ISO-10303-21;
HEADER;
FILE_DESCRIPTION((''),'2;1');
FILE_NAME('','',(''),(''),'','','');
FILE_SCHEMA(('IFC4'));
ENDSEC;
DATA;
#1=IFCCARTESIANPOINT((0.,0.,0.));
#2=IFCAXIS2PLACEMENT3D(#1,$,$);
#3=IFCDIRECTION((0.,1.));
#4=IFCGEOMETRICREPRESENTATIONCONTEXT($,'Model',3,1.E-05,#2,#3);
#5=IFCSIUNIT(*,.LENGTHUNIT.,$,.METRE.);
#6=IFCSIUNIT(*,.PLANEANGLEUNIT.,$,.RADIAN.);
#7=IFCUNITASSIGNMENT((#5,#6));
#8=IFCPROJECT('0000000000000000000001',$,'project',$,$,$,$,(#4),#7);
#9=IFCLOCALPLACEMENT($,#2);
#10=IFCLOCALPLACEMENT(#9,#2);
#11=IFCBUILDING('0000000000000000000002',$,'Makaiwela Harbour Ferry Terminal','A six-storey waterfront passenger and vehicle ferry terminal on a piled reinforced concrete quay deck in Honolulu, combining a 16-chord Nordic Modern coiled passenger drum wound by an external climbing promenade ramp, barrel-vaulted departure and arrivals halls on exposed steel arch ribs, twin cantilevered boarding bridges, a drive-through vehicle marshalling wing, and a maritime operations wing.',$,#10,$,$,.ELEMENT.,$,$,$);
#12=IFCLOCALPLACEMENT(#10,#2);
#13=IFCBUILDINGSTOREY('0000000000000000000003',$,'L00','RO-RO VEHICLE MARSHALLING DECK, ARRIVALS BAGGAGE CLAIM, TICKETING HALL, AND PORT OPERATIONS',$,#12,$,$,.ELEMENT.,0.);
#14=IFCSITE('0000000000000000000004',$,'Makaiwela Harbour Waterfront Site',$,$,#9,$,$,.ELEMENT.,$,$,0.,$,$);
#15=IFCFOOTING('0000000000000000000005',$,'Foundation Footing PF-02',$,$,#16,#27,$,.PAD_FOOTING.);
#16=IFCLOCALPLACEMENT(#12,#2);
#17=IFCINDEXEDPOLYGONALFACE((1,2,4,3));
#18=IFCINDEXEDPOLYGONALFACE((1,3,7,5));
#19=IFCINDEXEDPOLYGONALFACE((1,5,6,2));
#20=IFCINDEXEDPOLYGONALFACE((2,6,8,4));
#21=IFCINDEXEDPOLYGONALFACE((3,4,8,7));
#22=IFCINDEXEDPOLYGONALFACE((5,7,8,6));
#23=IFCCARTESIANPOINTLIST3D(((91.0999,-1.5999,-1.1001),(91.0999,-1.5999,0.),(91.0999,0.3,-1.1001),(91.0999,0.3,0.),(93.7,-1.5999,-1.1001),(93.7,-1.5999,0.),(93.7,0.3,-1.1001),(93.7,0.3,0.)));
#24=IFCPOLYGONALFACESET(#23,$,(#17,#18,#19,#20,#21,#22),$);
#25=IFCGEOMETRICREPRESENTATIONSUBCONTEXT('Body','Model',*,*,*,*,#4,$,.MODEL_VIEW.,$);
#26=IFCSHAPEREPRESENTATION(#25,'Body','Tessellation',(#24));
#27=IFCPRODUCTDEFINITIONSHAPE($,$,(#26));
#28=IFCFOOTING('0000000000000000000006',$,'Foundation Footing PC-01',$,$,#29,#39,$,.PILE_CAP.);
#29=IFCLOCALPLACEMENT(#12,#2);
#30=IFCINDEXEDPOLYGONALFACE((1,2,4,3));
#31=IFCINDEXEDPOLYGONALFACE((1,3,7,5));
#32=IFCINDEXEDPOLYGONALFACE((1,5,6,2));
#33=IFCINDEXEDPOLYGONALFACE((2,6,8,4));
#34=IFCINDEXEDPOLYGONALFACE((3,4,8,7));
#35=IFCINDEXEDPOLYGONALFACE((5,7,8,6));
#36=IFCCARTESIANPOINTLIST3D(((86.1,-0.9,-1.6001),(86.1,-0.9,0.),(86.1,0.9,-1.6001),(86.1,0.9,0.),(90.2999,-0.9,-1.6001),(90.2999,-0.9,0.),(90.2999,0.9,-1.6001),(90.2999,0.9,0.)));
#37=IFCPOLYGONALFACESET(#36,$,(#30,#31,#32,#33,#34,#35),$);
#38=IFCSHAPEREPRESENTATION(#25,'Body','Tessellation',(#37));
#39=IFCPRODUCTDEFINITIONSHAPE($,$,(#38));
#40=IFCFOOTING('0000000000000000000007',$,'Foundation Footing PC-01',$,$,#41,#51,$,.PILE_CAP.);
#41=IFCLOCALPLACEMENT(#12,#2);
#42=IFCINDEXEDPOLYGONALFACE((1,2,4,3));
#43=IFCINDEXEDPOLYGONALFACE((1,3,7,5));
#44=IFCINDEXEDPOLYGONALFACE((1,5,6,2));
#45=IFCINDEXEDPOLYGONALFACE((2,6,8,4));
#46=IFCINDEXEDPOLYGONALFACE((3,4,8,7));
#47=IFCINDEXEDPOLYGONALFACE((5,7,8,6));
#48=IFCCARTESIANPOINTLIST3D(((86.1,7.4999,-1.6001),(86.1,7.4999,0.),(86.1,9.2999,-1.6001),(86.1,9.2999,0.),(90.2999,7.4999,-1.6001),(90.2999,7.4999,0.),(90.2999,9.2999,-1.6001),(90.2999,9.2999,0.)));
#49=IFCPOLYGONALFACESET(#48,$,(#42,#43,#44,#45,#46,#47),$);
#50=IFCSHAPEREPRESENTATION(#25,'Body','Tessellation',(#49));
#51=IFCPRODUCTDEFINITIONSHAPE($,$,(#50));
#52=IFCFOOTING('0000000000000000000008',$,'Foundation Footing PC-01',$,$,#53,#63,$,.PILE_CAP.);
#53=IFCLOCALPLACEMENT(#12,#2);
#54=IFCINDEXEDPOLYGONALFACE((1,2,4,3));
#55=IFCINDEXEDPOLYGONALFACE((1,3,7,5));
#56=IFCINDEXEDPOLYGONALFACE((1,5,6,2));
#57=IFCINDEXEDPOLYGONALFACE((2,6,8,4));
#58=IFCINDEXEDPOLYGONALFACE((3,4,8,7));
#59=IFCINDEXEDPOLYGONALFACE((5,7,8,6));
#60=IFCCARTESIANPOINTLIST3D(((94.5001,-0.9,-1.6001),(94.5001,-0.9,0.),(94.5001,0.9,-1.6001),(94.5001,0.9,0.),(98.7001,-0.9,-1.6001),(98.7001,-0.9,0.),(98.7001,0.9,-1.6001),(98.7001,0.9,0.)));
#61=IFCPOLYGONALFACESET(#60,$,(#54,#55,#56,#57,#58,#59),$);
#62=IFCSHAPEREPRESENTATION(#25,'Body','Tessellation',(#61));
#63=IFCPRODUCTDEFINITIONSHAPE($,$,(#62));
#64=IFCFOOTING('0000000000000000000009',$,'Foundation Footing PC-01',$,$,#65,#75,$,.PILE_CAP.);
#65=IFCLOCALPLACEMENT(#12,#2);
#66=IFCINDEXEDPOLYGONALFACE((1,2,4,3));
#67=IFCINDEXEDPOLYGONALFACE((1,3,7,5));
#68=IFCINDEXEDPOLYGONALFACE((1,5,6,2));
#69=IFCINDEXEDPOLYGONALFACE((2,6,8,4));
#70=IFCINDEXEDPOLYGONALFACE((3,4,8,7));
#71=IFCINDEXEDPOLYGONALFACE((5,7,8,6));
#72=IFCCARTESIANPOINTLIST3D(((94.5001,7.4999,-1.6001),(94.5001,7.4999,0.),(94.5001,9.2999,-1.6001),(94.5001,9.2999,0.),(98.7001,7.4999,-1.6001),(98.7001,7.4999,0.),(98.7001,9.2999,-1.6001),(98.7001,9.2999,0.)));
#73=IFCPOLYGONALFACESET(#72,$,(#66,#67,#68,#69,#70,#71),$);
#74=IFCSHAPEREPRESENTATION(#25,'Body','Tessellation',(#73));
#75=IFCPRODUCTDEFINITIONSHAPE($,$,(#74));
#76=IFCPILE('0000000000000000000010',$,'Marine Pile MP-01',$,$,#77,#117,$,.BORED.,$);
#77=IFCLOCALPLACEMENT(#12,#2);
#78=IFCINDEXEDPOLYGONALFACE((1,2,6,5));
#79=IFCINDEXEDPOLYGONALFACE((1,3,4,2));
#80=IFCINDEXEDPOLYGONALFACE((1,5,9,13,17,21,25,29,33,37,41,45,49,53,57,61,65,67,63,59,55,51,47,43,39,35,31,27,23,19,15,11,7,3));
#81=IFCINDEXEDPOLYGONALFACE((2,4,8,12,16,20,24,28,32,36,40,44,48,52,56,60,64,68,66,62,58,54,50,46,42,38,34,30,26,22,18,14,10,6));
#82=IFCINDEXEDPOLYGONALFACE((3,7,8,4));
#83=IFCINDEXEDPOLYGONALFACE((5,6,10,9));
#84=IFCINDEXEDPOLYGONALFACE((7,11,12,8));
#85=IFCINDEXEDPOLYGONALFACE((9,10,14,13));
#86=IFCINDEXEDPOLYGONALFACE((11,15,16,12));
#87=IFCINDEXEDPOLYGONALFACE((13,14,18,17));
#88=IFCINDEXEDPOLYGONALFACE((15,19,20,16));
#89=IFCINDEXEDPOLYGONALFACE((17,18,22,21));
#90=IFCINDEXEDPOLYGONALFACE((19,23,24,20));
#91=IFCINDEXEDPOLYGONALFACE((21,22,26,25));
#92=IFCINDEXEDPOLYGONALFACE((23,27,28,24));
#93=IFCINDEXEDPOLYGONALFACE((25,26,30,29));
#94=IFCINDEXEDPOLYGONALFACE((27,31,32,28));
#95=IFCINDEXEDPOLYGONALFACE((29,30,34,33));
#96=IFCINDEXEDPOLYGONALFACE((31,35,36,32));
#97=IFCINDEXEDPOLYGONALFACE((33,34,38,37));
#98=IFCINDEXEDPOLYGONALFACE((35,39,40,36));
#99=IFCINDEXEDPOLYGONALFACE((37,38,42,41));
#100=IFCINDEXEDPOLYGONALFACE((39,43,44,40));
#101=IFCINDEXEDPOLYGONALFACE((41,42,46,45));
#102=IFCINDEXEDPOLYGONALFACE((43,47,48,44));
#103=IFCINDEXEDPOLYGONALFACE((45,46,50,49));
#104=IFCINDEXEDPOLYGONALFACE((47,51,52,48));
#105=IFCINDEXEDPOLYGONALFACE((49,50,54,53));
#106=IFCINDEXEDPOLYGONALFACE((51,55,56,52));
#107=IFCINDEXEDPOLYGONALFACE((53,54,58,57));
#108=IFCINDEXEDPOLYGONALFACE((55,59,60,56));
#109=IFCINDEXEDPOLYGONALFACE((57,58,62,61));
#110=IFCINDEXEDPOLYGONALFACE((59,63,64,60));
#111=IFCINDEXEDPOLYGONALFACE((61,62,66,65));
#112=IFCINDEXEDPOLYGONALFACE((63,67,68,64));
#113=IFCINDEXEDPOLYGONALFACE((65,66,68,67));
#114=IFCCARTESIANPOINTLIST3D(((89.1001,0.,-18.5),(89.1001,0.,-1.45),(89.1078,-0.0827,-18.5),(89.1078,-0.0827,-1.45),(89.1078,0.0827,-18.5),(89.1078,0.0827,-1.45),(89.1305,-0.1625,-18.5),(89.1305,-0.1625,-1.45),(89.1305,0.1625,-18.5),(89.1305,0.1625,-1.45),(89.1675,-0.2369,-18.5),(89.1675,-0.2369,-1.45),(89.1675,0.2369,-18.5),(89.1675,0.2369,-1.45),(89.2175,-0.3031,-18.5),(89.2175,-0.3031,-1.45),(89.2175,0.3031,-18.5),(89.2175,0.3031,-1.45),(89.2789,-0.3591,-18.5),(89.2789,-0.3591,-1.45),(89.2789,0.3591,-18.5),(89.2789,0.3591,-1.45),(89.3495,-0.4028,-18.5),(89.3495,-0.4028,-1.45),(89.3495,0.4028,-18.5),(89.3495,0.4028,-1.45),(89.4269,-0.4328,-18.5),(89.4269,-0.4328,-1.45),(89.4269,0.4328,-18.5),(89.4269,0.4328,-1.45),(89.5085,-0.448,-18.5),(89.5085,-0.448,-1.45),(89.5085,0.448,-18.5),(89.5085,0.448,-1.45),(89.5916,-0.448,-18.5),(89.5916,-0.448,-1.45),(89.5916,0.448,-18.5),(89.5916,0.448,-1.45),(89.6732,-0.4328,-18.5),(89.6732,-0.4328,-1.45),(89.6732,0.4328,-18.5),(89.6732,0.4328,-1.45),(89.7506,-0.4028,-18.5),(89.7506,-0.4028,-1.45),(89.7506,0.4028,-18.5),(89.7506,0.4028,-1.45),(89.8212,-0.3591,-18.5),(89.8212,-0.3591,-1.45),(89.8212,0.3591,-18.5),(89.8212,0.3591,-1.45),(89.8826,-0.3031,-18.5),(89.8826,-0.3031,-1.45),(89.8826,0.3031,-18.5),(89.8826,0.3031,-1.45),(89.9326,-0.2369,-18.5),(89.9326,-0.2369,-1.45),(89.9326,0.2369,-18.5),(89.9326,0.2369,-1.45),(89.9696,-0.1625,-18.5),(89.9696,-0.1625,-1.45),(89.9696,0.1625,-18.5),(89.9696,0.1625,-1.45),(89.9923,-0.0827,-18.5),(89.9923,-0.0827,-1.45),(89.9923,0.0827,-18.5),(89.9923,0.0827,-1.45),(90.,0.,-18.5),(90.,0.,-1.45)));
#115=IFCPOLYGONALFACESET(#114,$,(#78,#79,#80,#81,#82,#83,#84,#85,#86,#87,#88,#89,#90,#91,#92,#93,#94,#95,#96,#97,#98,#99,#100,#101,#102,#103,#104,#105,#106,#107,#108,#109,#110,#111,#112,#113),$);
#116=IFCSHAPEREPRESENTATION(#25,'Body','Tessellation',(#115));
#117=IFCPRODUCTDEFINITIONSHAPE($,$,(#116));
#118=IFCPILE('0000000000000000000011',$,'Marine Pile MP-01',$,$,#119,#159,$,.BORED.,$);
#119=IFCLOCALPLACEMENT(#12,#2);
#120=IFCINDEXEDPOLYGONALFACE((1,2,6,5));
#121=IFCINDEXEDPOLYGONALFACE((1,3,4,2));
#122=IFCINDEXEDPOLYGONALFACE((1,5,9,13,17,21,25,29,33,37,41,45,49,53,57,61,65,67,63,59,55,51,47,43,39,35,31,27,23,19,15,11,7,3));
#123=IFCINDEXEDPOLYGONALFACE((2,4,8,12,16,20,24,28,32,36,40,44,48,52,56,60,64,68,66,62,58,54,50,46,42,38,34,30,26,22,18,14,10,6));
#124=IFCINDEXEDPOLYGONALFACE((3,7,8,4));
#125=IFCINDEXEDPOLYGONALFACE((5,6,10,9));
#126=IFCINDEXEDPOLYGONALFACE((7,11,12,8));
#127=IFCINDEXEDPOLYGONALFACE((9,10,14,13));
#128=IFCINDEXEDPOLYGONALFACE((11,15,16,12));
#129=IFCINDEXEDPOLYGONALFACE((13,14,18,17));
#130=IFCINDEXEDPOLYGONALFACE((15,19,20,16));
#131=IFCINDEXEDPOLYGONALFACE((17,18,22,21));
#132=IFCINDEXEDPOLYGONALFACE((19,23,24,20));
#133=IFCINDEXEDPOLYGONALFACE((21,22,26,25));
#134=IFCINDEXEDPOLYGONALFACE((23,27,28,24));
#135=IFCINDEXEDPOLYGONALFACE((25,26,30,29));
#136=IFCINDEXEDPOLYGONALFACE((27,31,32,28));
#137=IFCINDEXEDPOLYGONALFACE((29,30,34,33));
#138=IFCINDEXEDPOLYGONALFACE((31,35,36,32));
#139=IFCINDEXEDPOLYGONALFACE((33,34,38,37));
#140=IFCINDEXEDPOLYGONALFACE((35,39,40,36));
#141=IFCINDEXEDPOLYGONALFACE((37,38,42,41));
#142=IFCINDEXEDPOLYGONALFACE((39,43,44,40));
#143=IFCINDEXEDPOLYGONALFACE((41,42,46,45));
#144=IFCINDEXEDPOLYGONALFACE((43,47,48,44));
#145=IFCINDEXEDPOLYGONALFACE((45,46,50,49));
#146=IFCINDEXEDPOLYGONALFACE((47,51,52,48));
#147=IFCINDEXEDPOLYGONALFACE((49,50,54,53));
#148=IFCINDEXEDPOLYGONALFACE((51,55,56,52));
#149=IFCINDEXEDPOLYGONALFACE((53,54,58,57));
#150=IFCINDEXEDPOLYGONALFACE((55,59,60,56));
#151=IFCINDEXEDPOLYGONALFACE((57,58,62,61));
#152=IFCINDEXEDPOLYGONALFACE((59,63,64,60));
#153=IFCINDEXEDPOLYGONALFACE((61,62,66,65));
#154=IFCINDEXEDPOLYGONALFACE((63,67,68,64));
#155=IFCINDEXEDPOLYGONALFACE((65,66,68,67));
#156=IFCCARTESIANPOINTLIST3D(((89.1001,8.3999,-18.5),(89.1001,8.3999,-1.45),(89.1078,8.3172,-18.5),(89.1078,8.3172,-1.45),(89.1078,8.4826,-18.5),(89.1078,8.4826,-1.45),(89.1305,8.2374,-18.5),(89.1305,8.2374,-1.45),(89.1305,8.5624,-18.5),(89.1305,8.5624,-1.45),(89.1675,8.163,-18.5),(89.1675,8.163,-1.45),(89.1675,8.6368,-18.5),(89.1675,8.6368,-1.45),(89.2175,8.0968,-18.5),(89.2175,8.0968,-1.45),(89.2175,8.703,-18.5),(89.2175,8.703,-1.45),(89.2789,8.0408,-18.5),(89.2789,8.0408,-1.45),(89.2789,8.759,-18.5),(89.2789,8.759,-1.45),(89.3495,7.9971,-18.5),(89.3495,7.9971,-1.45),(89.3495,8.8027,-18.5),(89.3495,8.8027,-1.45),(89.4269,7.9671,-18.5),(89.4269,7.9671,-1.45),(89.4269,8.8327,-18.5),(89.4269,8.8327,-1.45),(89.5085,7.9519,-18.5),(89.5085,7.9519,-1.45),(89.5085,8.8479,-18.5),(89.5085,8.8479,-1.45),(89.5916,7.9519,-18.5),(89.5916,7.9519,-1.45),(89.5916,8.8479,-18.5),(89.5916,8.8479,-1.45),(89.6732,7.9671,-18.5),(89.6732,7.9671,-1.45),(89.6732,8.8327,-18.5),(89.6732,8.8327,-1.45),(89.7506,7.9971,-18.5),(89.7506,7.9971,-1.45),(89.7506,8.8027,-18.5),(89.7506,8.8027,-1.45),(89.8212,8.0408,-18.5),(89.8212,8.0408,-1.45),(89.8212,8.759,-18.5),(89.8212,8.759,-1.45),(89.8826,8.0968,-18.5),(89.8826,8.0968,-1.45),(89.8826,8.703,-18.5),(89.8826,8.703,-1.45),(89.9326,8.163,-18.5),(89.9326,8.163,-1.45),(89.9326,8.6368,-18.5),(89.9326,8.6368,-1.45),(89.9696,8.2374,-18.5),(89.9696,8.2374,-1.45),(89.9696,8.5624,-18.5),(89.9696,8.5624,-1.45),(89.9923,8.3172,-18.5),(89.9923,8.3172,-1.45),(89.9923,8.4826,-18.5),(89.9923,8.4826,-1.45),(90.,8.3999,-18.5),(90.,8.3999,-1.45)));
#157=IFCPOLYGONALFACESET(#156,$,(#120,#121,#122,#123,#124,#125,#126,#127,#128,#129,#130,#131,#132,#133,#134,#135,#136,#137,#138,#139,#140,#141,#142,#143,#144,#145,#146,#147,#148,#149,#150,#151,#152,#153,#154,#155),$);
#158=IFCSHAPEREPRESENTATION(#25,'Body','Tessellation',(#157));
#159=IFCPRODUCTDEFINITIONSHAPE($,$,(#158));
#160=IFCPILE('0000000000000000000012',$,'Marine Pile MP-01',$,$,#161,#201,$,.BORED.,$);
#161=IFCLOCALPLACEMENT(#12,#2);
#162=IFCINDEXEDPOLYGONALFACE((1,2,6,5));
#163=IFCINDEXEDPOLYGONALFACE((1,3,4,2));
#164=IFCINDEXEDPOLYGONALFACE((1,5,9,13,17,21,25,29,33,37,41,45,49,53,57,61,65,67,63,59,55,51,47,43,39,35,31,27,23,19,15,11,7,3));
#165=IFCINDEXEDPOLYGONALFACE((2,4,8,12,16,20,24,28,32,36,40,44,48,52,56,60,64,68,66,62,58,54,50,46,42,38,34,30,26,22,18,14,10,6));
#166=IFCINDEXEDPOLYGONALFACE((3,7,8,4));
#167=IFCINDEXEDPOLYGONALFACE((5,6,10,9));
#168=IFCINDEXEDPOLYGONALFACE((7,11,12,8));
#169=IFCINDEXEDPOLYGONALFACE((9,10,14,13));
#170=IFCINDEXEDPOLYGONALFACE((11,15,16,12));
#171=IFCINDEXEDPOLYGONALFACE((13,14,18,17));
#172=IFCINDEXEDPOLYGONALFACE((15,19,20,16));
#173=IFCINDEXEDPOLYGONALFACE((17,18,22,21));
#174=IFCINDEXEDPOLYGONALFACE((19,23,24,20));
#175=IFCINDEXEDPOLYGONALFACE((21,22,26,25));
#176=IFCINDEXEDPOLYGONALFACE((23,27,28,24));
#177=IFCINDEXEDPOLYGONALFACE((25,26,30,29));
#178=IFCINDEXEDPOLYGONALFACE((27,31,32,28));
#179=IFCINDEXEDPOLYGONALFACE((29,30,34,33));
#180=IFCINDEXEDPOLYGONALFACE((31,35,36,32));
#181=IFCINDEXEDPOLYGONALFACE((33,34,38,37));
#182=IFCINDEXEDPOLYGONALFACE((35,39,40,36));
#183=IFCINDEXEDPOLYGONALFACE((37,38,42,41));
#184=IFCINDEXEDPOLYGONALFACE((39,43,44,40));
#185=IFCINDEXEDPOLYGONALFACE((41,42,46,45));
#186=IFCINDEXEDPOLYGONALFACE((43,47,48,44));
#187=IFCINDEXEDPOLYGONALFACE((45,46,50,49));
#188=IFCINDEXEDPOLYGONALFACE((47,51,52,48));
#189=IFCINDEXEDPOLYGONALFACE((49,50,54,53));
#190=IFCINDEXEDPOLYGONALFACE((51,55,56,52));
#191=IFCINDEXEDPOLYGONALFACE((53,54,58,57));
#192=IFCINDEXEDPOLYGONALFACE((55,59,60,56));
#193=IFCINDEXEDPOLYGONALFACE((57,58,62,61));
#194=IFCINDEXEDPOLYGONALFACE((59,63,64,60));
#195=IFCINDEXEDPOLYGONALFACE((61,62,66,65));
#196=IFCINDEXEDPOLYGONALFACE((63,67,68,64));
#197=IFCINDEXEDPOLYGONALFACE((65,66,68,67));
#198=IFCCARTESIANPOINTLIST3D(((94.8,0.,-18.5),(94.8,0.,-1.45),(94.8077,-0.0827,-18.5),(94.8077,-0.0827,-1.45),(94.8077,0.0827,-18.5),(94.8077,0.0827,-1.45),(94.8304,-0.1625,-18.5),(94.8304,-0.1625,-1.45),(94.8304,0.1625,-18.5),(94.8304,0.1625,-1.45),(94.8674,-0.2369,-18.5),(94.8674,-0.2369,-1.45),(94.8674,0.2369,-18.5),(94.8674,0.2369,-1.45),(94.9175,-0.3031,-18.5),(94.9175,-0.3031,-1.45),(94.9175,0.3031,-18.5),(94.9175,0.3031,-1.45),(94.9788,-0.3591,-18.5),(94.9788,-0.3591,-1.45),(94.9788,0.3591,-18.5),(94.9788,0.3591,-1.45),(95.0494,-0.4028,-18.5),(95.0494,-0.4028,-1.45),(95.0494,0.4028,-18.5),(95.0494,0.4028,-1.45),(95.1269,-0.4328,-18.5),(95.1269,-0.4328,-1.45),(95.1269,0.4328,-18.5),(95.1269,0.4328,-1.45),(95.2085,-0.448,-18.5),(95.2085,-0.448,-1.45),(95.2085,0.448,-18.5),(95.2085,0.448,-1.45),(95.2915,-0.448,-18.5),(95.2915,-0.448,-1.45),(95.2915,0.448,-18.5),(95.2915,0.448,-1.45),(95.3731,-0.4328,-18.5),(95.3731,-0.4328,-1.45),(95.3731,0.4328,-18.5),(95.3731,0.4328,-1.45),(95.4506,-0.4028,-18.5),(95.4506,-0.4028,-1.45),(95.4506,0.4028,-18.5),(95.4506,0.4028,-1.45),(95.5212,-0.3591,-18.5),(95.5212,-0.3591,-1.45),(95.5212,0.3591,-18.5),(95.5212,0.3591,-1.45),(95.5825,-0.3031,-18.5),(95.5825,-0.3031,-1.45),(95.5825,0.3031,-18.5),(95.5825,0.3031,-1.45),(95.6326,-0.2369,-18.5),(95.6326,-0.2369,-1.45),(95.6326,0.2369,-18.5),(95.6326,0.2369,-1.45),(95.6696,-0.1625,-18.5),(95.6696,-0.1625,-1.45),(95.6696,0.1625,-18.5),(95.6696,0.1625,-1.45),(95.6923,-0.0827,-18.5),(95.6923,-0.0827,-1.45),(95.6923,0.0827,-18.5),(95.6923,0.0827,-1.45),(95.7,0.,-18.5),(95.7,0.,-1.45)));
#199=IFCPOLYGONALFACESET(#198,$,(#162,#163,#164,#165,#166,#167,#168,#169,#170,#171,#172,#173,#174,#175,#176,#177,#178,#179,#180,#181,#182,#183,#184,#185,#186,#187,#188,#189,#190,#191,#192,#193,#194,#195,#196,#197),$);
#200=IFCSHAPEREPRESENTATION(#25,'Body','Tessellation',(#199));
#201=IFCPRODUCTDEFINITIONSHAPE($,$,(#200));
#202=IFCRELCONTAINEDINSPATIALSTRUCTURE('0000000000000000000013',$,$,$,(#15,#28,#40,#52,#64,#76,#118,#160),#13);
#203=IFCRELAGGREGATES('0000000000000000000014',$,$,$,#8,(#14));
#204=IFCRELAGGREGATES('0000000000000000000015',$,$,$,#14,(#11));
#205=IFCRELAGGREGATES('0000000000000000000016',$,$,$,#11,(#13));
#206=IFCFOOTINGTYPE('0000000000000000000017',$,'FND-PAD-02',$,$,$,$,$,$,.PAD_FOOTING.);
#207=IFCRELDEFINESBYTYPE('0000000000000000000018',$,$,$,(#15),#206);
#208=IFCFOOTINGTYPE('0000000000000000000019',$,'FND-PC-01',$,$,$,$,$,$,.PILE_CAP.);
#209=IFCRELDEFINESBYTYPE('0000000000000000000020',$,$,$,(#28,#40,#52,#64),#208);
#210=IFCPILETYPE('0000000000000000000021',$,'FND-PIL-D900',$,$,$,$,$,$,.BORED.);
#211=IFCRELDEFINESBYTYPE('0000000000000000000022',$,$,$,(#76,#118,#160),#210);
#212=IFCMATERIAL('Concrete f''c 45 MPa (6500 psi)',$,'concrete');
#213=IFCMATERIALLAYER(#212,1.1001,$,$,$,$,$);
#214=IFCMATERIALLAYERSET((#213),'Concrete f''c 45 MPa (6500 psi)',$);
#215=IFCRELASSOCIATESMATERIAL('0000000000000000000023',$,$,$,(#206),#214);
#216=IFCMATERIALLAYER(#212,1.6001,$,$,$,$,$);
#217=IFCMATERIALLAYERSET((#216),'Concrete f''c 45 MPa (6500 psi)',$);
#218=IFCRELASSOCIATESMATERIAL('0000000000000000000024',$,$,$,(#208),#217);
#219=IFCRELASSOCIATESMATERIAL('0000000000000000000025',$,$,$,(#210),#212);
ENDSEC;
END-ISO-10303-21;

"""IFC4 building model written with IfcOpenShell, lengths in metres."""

from ifc_helpers import new_model, si_unit, direction, frame, origin, origin_2d, place, context, subcontext, project, spatial, rectangle, circle, extrude, material, layer, layer_set, material_profile, profile_set, type_object, element, save


model = new_model("IFC4")

# Units and contexts
model_context = context("Model", 3, precision=1e-05, world=origin(), true_north=direction((0.0, 1.0)))
body_context = subcontext(model_context, "Body", "Model", "MODEL_VIEW")
ifc_project = project(units=[si_unit("LENGTHUNIT", "METRE"), si_unit("PLANEANGLEUNIT", "RADIAN")], contexts=[model_context])

# Site, building, storey
site_placement = place(None, origin())
site = spatial("IfcSite", under=ifc_project, at=site_placement, Name="Makaiwela Harbour Waterfront Site", CompositionType="ELEMENT", RefElevation=0.0)
building_placement = place(site_placement, origin())
building = spatial("IfcBuilding", under=site, at=building_placement, Name="Makaiwela Harbour Ferry Terminal", Description="A six-storey waterfront passenger and vehicle ferry terminal on a piled reinforced concrete quay deck in Honolulu, combining a 16-chord Nordic Modern coiled passenger drum wound by an external climbing promenade ramp, barrel-vaulted departure and arrivals halls on exposed steel arch ribs, twin cantilevered boarding bridges, a drive-through vehicle marshalling wing, and a maritime operations wing.", CompositionType="ELEMENT")
storey_placement = place(building_placement, origin())
storey = spatial("IfcBuildingStorey", under=building, at=storey_placement, Name="L00", Description="RO-RO VEHICLE MARSHALLING DECK, ARRIVALS BAGGAGE CLAIM, TICKETING HALL, AND PORT OPERATIONS", CompositionType="ELEMENT", Elevation=0.0)

# Footings
ifc_material_1 = material(Name="Concrete f'c 45 MPa (6500 psi)", Category="concrete")
ifc_layer_1 = layer(ifc_material_1, 1.1001)
ifc_layer_set_1 = layer_set([ifc_layer_1], Name="Concrete f'c 45 MPa (6500 psi)")
footing_type_1 = type_object("IfcFootingType", Name="FND-PAD-02", PredefinedType="PAD_FOOTING", material=ifc_layer_set_1)
footing_1_placement = place(storey_placement, frame((92.3999, -0.6499, -1.1001), z_axis=(0.0, 0.0, 1.0), x_axis=(1.0, 0.0, 0.0)))
element("IfcFooting", 1, at=footing_1_placement, inside=storey, type_object=footing_type_1, Name="Foundation Footing PF-02", PredefinedType="PAD_FOOTING", context=body_context, shape_type="SweptSolid", body=[
    extrude(rectangle(XDim=2.6001, YDim=1.8999, at=origin_2d()), origin(), (0.0, 0.0, 1.0), 1.1001),
])
ifc_layer_2 = layer(ifc_material_1, 1.6001)
ifc_layer_set_2 = layer_set([ifc_layer_2], Name="Concrete f'c 45 MPa (6500 psi)")
footing_type_2 = type_object("IfcFootingType", Name="FND-PC-01", PredefinedType="PILE_CAP", material=ifc_layer_set_2)
for number, where, z_axis, x_axis, name in (
    (2, (88.2, 0.0, -1.6001), (0.0, 0.0, 1.0), (1.0, 0.0, 0.0), "Foundation Footing PC-01"),
    (3, (88.2, 8.3999, -1.6001), (0.0, 0.0, 1.0), (1.0, 0.0, 0.0), "Foundation Footing PC-01"),
    (4, (96.6001, 0.0, -1.6001), (0.0, 0.0, 1.0), (1.0, 0.0, 0.0), "Foundation Footing PC-01"),
    (5, (96.6001, 8.3999, -1.6001), (0.0, 0.0, 1.0), (1.0, 0.0, 0.0), "Foundation Footing PC-01"),
):
    element("IfcFooting", number, at=place(storey_placement, frame(where, z_axis=z_axis, x_axis=x_axis)), inside=storey, type_object=footing_type_2, Name=name, PredefinedType="PILE_CAP", context=body_context, shape_type="SweptSolid", body=[
        extrude(rectangle(XDim=4.2, YDim=1.8, at=origin_2d()), origin(), (0.0, 0.0, 1.0), 1.6001),
    ])

# Piles
ifc_material_profile_1 = material_profile(ifc_material_1, circle(Radius=0.45, at=origin_2d()), Name="PILE-D900")
ifc_profile_set_1 = profile_set([ifc_material_profile_1], Name="Concrete f'c 45 MPa (6500 psi)")
pile_type = type_object("IfcPileType", Name="FND-PIL-D900", PredefinedType="BORED", material=ifc_profile_set_1)
for number, where, z_axis, x_axis, name in (
    (6, (89.55, 0.0, -1.45), (0.0, 0.0, -1.0), (1.0, 0.0, 0.0), "Marine Pile MP-01"),
    (7, (89.55, 8.3999, -1.45), (0.0, 0.0, -1.0), (1.0, 0.0, 0.0), "Marine Pile MP-01"),
    (8, (95.25, 0.0, -1.45), (0.0, 0.0, -1.0), (1.0, 0.0, 0.0), "Marine Pile MP-01"),
):
    element("IfcPile", number, at=place(storey_placement, frame(where, z_axis=z_axis, x_axis=x_axis)), inside=storey, type_object=pile_type, Name=name, PredefinedType="BORED", context=body_context, shape_type="SweptSolid", body=[
        extrude(circle(Radius=0.45, at=origin_2d()), origin(), (0.0, 0.0, 1.0), 17.05),
    ])

save(model, "model.ifc")
